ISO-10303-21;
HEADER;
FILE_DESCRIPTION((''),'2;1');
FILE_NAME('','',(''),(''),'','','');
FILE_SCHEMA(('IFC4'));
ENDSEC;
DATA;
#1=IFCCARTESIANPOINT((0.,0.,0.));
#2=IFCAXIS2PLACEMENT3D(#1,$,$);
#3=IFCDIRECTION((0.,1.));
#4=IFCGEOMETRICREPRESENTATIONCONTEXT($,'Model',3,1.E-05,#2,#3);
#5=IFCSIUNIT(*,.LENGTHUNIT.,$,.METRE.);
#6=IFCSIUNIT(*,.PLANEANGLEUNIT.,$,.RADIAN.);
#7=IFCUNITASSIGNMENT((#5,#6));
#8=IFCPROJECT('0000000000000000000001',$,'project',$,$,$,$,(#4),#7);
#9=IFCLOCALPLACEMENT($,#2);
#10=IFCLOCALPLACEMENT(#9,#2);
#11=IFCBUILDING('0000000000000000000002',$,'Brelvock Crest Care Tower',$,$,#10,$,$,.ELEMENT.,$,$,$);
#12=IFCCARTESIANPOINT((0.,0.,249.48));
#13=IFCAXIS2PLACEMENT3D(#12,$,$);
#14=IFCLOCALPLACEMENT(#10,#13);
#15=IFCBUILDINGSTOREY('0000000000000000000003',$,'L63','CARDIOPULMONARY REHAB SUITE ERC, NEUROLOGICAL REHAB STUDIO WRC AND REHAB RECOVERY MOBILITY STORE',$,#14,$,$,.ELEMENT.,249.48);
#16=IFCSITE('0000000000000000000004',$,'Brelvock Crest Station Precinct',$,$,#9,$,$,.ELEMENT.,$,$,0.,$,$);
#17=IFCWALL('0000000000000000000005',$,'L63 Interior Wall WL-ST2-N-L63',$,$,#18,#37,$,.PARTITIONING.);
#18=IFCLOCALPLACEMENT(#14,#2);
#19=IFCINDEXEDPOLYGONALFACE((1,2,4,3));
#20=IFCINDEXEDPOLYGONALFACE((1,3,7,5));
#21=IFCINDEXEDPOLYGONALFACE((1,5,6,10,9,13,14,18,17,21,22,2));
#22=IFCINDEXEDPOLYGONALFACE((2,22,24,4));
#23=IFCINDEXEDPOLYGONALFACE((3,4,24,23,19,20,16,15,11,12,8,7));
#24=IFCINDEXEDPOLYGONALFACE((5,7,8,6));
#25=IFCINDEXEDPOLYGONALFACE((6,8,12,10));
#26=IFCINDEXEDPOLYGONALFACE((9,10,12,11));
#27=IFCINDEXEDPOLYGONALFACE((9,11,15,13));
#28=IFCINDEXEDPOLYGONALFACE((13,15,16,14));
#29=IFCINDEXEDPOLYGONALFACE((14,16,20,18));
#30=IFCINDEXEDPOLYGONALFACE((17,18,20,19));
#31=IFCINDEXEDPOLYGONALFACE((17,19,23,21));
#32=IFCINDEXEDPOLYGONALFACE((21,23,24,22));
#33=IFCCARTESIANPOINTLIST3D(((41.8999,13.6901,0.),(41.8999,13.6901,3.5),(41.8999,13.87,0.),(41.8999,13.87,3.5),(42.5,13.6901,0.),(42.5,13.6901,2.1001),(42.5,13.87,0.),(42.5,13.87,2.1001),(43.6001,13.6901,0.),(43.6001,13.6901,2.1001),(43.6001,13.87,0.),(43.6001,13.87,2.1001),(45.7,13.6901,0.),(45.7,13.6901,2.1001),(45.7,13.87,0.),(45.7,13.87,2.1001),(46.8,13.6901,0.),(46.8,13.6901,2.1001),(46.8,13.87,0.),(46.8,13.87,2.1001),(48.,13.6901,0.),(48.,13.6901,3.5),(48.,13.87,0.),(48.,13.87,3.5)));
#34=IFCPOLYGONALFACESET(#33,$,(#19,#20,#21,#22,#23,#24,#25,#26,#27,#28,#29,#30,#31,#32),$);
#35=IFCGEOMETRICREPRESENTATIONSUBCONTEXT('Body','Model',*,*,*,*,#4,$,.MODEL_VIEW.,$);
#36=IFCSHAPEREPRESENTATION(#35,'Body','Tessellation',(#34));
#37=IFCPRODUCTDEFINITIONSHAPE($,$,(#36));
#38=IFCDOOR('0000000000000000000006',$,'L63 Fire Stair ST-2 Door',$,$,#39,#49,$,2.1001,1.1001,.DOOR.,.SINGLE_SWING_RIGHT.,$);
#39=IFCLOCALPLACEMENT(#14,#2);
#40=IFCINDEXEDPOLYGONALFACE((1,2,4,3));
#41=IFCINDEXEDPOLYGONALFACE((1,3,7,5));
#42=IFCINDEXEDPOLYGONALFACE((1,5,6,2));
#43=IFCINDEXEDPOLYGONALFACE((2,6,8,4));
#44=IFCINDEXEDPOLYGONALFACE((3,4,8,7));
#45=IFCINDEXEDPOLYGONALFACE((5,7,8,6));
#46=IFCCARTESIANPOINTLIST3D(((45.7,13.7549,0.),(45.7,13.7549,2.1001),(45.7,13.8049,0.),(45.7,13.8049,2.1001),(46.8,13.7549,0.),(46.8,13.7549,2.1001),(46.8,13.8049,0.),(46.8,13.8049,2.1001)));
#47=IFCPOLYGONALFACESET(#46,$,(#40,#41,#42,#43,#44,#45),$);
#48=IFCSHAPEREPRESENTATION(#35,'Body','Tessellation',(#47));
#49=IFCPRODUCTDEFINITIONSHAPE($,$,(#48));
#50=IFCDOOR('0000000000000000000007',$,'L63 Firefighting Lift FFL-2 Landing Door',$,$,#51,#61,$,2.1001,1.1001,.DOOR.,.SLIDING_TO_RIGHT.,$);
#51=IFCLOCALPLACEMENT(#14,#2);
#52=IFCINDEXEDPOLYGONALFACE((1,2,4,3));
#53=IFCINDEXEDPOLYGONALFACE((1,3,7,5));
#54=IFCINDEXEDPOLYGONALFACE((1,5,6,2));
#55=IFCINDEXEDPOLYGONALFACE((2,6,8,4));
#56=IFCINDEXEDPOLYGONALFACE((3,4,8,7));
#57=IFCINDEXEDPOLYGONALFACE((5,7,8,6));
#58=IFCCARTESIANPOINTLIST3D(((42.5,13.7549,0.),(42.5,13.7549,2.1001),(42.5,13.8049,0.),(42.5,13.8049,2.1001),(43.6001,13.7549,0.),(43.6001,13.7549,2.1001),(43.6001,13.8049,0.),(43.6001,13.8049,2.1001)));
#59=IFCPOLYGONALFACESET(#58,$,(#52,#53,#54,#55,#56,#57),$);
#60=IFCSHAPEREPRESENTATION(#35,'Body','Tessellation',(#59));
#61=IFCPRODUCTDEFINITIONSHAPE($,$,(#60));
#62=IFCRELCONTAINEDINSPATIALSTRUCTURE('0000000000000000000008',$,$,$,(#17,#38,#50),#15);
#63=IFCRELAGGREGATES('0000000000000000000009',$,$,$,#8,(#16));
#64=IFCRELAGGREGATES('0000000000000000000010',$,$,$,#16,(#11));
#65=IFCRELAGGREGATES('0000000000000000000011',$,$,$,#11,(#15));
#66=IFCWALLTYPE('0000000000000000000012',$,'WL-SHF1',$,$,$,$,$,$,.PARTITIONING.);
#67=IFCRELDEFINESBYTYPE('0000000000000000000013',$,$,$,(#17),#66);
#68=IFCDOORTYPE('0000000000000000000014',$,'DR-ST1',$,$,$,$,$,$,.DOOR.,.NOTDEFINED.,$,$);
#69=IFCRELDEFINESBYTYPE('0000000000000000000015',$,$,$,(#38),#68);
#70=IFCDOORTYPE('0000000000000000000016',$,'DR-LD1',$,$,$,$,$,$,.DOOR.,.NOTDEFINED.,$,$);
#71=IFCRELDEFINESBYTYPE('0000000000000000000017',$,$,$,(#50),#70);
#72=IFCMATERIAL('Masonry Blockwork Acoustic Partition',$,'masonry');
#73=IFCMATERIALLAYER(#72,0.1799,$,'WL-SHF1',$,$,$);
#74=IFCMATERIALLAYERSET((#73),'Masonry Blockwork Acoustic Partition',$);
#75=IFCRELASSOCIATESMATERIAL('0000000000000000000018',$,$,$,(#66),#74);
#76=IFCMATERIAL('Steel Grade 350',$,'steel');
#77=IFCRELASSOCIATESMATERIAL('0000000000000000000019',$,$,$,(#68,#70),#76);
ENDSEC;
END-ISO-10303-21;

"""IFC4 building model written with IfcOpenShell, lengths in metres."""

from ifc_helpers import new_model, si_unit, direction, frame, frame_2d, origin, origin_2d, place, context, subcontext, project, spatial, rectangle, extrude, source, transform, mapped, material, layer, layer_set, type_object, element, fill, save


model = new_model("IFC4")

# Units and contexts
model_context = context("Model", 3, precision=1e-05, world=origin(), true_north=direction((0.0, 1.0)))
body_context = subcontext(model_context, "Body", "Model", "MODEL_VIEW")
ifc_project = project(units=[si_unit("LENGTHUNIT", "METRE"), si_unit("PLANEANGLEUNIT", "RADIAN")], contexts=[model_context])

# Site, building, storey
site_placement = place(None, origin())
site = spatial("IfcSite", under=ifc_project, at=site_placement, Name="Brelvock Crest Station Precinct", CompositionType="ELEMENT", RefElevation=0.0)
building_placement = place(site_placement, origin())
building = spatial("IfcBuilding", under=site, at=building_placement, Name="Brelvock Crest Care Tower", CompositionType="ELEMENT")
storey_placement = place(building_placement, frame((0.0, 0.0, 249.48)))
storey = spatial("IfcBuildingStorey", under=building, at=storey_placement, Name="L63", Description="CARDIOPULMONARY REHAB SUITE ERC, NEUROLOGICAL REHAB STUDIO WRC AND REHAB RECOVERY MOBILITY STORE", CompositionType="ELEMENT", Elevation=249.48)

# Shared definitions
ifc_material_1 = material(Name="Steel Grade 350", Category="steel")

# Shared definitions
ifc_material_2 = material(Name="Masonry Blockwork Acoustic Partition", Category="masonry")

# Wall, openings, doors
ifc_layer_1 = layer(ifc_material_2, 0.1799, Name="WL-SHF1")
ifc_layer_set_1 = layer_set([ifc_layer_1], Name="Masonry Blockwork Acoustic Partition")
wall_type_1 = type_object("IfcWallType", Name="WL-SHF1", PredefinedType="PARTITIONING", material=ifc_layer_set_1)
wall_1_placement = place(storey_placement, frame((41.8999, 13.78, 0.0), z_axis=(0.0, 0.0, 1.0), x_axis=(1.0, 0.0, 0.0)))
wall_1 = element("IfcWall", 1, at=wall_1_placement, inside=storey, type_object=wall_type_1, Name="L63 Interior Wall WL-ST2-N-L63", PredefinedType="PARTITIONING", context=body_context, shape_type="SweptSolid", body=[
    extrude(rectangle(XDim=6.1001, YDim=0.1799, at=frame_2d((3.05, 0.0))), origin(), (0.0, 0.0, 1.0), 3.5),
])
opening_1_placement = place(wall_1_placement, frame((0.6001, 0.0, 0.0)))
opening_1 = element("IfcOpeningElement", 2, at=opening_1_placement, cuts=wall_1, PredefinedType="OPENING", context=body_context, shape_type="SweptSolid", body=[
    extrude(rectangle(XDim=1.1001, YDim=2.1001, at=origin_2d()), frame((0.55, 0.1001, 1.05), z_axis=(0.0, -1.0, 0.0), x_axis=(1.0, 0.0, 0.0)), (0.0, 0.0, 1.0), 0.2),
])
opening_2_placement = place(wall_1_placement, frame((3.8, 0.0, 0.0)))
opening_2 = element("IfcOpeningElement", 3, at=opening_2_placement, cuts=wall_1, PredefinedType="OPENING", context=body_context, shape_type="SweptSolid", body=[
    extrude(rectangle(XDim=1.1001, YDim=2.1001, at=origin_2d()), frame((0.55, 0.1001, 1.05), z_axis=(0.0, -1.0, 0.0), x_axis=(1.0, 0.0, 0.0)), (0.0, 0.0, 1.0), 0.2),
])
door_type_1 = type_object("IfcDoorType", Name="DR-ST1", OperationType="NOTDEFINED", PredefinedType="DOOR", material=ifc_material_1)
shared_shape_1 = source(origin(), body_context, "Body", "SweptSolid", [
    extrude(rectangle(XDim=1.1001, YDim=2.1001, at=origin_2d()), frame((0.55, 0.0249, 1.05), z_axis=(0.0, -1.0, 0.0), x_axis=(1.0, 0.0, 0.0)), (0.0, 0.0, 1.0), 0.05),
])
door_1_placement = place(opening_2_placement, origin())
door_1 = element("IfcDoor", 4, at=door_1_placement, inside=storey, type_object=door_type_1, Name="L63 Fire Stair ST-2 Door", OperationType="SINGLE_SWING_RIGHT", OverallHeight=2.1001, OverallWidth=1.1001, PredefinedType="DOOR", context=body_context, shape_type="MappedRepresentation", body=[
    mapped(shared_shape_1, transform((0.0, 0.0, 0.0), x_axis=(1.0, 0.0, 0.0), y_axis=(0.0, 1.0, 0.0), z_axis=(0.0, 0.0, 1.0), scale=1.0)),
])
fill(opening_2, door_1)
door_type_2 = type_object("IfcDoorType", Name="DR-LD1", OperationType="NOTDEFINED", PredefinedType="DOOR", material=ifc_material_1)
shared_shape_2 = source(origin(), body_context, "Body", "SweptSolid", [
    extrude(rectangle(XDim=1.1001, YDim=2.1001, at=origin_2d()), frame((0.55, 0.0249, 1.05), z_axis=(0.0, -1.0, 0.0), x_axis=(1.0, 0.0, 0.0)), (0.0, 0.0, 1.0), 0.05),
])
door_2_placement = place(opening_1_placement, origin())
door_2 = element("IfcDoor", 5, at=door_2_placement, inside=storey, type_object=door_type_2, Name="L63 Firefighting Lift FFL-2 Landing Door", OperationType="SLIDING_TO_RIGHT", OverallHeight=2.1001, OverallWidth=1.1001, PredefinedType="DOOR", context=body_context, shape_type="MappedRepresentation", body=[
    mapped(shared_shape_2, transform((0.0, 0.0, 0.0), x_axis=(1.0, 0.0, 0.0), y_axis=(0.0, 1.0, 0.0), z_axis=(0.0, 0.0, 1.0), scale=1.0)),
])
fill(opening_1, door_2)

save(model, "model.ifc")
